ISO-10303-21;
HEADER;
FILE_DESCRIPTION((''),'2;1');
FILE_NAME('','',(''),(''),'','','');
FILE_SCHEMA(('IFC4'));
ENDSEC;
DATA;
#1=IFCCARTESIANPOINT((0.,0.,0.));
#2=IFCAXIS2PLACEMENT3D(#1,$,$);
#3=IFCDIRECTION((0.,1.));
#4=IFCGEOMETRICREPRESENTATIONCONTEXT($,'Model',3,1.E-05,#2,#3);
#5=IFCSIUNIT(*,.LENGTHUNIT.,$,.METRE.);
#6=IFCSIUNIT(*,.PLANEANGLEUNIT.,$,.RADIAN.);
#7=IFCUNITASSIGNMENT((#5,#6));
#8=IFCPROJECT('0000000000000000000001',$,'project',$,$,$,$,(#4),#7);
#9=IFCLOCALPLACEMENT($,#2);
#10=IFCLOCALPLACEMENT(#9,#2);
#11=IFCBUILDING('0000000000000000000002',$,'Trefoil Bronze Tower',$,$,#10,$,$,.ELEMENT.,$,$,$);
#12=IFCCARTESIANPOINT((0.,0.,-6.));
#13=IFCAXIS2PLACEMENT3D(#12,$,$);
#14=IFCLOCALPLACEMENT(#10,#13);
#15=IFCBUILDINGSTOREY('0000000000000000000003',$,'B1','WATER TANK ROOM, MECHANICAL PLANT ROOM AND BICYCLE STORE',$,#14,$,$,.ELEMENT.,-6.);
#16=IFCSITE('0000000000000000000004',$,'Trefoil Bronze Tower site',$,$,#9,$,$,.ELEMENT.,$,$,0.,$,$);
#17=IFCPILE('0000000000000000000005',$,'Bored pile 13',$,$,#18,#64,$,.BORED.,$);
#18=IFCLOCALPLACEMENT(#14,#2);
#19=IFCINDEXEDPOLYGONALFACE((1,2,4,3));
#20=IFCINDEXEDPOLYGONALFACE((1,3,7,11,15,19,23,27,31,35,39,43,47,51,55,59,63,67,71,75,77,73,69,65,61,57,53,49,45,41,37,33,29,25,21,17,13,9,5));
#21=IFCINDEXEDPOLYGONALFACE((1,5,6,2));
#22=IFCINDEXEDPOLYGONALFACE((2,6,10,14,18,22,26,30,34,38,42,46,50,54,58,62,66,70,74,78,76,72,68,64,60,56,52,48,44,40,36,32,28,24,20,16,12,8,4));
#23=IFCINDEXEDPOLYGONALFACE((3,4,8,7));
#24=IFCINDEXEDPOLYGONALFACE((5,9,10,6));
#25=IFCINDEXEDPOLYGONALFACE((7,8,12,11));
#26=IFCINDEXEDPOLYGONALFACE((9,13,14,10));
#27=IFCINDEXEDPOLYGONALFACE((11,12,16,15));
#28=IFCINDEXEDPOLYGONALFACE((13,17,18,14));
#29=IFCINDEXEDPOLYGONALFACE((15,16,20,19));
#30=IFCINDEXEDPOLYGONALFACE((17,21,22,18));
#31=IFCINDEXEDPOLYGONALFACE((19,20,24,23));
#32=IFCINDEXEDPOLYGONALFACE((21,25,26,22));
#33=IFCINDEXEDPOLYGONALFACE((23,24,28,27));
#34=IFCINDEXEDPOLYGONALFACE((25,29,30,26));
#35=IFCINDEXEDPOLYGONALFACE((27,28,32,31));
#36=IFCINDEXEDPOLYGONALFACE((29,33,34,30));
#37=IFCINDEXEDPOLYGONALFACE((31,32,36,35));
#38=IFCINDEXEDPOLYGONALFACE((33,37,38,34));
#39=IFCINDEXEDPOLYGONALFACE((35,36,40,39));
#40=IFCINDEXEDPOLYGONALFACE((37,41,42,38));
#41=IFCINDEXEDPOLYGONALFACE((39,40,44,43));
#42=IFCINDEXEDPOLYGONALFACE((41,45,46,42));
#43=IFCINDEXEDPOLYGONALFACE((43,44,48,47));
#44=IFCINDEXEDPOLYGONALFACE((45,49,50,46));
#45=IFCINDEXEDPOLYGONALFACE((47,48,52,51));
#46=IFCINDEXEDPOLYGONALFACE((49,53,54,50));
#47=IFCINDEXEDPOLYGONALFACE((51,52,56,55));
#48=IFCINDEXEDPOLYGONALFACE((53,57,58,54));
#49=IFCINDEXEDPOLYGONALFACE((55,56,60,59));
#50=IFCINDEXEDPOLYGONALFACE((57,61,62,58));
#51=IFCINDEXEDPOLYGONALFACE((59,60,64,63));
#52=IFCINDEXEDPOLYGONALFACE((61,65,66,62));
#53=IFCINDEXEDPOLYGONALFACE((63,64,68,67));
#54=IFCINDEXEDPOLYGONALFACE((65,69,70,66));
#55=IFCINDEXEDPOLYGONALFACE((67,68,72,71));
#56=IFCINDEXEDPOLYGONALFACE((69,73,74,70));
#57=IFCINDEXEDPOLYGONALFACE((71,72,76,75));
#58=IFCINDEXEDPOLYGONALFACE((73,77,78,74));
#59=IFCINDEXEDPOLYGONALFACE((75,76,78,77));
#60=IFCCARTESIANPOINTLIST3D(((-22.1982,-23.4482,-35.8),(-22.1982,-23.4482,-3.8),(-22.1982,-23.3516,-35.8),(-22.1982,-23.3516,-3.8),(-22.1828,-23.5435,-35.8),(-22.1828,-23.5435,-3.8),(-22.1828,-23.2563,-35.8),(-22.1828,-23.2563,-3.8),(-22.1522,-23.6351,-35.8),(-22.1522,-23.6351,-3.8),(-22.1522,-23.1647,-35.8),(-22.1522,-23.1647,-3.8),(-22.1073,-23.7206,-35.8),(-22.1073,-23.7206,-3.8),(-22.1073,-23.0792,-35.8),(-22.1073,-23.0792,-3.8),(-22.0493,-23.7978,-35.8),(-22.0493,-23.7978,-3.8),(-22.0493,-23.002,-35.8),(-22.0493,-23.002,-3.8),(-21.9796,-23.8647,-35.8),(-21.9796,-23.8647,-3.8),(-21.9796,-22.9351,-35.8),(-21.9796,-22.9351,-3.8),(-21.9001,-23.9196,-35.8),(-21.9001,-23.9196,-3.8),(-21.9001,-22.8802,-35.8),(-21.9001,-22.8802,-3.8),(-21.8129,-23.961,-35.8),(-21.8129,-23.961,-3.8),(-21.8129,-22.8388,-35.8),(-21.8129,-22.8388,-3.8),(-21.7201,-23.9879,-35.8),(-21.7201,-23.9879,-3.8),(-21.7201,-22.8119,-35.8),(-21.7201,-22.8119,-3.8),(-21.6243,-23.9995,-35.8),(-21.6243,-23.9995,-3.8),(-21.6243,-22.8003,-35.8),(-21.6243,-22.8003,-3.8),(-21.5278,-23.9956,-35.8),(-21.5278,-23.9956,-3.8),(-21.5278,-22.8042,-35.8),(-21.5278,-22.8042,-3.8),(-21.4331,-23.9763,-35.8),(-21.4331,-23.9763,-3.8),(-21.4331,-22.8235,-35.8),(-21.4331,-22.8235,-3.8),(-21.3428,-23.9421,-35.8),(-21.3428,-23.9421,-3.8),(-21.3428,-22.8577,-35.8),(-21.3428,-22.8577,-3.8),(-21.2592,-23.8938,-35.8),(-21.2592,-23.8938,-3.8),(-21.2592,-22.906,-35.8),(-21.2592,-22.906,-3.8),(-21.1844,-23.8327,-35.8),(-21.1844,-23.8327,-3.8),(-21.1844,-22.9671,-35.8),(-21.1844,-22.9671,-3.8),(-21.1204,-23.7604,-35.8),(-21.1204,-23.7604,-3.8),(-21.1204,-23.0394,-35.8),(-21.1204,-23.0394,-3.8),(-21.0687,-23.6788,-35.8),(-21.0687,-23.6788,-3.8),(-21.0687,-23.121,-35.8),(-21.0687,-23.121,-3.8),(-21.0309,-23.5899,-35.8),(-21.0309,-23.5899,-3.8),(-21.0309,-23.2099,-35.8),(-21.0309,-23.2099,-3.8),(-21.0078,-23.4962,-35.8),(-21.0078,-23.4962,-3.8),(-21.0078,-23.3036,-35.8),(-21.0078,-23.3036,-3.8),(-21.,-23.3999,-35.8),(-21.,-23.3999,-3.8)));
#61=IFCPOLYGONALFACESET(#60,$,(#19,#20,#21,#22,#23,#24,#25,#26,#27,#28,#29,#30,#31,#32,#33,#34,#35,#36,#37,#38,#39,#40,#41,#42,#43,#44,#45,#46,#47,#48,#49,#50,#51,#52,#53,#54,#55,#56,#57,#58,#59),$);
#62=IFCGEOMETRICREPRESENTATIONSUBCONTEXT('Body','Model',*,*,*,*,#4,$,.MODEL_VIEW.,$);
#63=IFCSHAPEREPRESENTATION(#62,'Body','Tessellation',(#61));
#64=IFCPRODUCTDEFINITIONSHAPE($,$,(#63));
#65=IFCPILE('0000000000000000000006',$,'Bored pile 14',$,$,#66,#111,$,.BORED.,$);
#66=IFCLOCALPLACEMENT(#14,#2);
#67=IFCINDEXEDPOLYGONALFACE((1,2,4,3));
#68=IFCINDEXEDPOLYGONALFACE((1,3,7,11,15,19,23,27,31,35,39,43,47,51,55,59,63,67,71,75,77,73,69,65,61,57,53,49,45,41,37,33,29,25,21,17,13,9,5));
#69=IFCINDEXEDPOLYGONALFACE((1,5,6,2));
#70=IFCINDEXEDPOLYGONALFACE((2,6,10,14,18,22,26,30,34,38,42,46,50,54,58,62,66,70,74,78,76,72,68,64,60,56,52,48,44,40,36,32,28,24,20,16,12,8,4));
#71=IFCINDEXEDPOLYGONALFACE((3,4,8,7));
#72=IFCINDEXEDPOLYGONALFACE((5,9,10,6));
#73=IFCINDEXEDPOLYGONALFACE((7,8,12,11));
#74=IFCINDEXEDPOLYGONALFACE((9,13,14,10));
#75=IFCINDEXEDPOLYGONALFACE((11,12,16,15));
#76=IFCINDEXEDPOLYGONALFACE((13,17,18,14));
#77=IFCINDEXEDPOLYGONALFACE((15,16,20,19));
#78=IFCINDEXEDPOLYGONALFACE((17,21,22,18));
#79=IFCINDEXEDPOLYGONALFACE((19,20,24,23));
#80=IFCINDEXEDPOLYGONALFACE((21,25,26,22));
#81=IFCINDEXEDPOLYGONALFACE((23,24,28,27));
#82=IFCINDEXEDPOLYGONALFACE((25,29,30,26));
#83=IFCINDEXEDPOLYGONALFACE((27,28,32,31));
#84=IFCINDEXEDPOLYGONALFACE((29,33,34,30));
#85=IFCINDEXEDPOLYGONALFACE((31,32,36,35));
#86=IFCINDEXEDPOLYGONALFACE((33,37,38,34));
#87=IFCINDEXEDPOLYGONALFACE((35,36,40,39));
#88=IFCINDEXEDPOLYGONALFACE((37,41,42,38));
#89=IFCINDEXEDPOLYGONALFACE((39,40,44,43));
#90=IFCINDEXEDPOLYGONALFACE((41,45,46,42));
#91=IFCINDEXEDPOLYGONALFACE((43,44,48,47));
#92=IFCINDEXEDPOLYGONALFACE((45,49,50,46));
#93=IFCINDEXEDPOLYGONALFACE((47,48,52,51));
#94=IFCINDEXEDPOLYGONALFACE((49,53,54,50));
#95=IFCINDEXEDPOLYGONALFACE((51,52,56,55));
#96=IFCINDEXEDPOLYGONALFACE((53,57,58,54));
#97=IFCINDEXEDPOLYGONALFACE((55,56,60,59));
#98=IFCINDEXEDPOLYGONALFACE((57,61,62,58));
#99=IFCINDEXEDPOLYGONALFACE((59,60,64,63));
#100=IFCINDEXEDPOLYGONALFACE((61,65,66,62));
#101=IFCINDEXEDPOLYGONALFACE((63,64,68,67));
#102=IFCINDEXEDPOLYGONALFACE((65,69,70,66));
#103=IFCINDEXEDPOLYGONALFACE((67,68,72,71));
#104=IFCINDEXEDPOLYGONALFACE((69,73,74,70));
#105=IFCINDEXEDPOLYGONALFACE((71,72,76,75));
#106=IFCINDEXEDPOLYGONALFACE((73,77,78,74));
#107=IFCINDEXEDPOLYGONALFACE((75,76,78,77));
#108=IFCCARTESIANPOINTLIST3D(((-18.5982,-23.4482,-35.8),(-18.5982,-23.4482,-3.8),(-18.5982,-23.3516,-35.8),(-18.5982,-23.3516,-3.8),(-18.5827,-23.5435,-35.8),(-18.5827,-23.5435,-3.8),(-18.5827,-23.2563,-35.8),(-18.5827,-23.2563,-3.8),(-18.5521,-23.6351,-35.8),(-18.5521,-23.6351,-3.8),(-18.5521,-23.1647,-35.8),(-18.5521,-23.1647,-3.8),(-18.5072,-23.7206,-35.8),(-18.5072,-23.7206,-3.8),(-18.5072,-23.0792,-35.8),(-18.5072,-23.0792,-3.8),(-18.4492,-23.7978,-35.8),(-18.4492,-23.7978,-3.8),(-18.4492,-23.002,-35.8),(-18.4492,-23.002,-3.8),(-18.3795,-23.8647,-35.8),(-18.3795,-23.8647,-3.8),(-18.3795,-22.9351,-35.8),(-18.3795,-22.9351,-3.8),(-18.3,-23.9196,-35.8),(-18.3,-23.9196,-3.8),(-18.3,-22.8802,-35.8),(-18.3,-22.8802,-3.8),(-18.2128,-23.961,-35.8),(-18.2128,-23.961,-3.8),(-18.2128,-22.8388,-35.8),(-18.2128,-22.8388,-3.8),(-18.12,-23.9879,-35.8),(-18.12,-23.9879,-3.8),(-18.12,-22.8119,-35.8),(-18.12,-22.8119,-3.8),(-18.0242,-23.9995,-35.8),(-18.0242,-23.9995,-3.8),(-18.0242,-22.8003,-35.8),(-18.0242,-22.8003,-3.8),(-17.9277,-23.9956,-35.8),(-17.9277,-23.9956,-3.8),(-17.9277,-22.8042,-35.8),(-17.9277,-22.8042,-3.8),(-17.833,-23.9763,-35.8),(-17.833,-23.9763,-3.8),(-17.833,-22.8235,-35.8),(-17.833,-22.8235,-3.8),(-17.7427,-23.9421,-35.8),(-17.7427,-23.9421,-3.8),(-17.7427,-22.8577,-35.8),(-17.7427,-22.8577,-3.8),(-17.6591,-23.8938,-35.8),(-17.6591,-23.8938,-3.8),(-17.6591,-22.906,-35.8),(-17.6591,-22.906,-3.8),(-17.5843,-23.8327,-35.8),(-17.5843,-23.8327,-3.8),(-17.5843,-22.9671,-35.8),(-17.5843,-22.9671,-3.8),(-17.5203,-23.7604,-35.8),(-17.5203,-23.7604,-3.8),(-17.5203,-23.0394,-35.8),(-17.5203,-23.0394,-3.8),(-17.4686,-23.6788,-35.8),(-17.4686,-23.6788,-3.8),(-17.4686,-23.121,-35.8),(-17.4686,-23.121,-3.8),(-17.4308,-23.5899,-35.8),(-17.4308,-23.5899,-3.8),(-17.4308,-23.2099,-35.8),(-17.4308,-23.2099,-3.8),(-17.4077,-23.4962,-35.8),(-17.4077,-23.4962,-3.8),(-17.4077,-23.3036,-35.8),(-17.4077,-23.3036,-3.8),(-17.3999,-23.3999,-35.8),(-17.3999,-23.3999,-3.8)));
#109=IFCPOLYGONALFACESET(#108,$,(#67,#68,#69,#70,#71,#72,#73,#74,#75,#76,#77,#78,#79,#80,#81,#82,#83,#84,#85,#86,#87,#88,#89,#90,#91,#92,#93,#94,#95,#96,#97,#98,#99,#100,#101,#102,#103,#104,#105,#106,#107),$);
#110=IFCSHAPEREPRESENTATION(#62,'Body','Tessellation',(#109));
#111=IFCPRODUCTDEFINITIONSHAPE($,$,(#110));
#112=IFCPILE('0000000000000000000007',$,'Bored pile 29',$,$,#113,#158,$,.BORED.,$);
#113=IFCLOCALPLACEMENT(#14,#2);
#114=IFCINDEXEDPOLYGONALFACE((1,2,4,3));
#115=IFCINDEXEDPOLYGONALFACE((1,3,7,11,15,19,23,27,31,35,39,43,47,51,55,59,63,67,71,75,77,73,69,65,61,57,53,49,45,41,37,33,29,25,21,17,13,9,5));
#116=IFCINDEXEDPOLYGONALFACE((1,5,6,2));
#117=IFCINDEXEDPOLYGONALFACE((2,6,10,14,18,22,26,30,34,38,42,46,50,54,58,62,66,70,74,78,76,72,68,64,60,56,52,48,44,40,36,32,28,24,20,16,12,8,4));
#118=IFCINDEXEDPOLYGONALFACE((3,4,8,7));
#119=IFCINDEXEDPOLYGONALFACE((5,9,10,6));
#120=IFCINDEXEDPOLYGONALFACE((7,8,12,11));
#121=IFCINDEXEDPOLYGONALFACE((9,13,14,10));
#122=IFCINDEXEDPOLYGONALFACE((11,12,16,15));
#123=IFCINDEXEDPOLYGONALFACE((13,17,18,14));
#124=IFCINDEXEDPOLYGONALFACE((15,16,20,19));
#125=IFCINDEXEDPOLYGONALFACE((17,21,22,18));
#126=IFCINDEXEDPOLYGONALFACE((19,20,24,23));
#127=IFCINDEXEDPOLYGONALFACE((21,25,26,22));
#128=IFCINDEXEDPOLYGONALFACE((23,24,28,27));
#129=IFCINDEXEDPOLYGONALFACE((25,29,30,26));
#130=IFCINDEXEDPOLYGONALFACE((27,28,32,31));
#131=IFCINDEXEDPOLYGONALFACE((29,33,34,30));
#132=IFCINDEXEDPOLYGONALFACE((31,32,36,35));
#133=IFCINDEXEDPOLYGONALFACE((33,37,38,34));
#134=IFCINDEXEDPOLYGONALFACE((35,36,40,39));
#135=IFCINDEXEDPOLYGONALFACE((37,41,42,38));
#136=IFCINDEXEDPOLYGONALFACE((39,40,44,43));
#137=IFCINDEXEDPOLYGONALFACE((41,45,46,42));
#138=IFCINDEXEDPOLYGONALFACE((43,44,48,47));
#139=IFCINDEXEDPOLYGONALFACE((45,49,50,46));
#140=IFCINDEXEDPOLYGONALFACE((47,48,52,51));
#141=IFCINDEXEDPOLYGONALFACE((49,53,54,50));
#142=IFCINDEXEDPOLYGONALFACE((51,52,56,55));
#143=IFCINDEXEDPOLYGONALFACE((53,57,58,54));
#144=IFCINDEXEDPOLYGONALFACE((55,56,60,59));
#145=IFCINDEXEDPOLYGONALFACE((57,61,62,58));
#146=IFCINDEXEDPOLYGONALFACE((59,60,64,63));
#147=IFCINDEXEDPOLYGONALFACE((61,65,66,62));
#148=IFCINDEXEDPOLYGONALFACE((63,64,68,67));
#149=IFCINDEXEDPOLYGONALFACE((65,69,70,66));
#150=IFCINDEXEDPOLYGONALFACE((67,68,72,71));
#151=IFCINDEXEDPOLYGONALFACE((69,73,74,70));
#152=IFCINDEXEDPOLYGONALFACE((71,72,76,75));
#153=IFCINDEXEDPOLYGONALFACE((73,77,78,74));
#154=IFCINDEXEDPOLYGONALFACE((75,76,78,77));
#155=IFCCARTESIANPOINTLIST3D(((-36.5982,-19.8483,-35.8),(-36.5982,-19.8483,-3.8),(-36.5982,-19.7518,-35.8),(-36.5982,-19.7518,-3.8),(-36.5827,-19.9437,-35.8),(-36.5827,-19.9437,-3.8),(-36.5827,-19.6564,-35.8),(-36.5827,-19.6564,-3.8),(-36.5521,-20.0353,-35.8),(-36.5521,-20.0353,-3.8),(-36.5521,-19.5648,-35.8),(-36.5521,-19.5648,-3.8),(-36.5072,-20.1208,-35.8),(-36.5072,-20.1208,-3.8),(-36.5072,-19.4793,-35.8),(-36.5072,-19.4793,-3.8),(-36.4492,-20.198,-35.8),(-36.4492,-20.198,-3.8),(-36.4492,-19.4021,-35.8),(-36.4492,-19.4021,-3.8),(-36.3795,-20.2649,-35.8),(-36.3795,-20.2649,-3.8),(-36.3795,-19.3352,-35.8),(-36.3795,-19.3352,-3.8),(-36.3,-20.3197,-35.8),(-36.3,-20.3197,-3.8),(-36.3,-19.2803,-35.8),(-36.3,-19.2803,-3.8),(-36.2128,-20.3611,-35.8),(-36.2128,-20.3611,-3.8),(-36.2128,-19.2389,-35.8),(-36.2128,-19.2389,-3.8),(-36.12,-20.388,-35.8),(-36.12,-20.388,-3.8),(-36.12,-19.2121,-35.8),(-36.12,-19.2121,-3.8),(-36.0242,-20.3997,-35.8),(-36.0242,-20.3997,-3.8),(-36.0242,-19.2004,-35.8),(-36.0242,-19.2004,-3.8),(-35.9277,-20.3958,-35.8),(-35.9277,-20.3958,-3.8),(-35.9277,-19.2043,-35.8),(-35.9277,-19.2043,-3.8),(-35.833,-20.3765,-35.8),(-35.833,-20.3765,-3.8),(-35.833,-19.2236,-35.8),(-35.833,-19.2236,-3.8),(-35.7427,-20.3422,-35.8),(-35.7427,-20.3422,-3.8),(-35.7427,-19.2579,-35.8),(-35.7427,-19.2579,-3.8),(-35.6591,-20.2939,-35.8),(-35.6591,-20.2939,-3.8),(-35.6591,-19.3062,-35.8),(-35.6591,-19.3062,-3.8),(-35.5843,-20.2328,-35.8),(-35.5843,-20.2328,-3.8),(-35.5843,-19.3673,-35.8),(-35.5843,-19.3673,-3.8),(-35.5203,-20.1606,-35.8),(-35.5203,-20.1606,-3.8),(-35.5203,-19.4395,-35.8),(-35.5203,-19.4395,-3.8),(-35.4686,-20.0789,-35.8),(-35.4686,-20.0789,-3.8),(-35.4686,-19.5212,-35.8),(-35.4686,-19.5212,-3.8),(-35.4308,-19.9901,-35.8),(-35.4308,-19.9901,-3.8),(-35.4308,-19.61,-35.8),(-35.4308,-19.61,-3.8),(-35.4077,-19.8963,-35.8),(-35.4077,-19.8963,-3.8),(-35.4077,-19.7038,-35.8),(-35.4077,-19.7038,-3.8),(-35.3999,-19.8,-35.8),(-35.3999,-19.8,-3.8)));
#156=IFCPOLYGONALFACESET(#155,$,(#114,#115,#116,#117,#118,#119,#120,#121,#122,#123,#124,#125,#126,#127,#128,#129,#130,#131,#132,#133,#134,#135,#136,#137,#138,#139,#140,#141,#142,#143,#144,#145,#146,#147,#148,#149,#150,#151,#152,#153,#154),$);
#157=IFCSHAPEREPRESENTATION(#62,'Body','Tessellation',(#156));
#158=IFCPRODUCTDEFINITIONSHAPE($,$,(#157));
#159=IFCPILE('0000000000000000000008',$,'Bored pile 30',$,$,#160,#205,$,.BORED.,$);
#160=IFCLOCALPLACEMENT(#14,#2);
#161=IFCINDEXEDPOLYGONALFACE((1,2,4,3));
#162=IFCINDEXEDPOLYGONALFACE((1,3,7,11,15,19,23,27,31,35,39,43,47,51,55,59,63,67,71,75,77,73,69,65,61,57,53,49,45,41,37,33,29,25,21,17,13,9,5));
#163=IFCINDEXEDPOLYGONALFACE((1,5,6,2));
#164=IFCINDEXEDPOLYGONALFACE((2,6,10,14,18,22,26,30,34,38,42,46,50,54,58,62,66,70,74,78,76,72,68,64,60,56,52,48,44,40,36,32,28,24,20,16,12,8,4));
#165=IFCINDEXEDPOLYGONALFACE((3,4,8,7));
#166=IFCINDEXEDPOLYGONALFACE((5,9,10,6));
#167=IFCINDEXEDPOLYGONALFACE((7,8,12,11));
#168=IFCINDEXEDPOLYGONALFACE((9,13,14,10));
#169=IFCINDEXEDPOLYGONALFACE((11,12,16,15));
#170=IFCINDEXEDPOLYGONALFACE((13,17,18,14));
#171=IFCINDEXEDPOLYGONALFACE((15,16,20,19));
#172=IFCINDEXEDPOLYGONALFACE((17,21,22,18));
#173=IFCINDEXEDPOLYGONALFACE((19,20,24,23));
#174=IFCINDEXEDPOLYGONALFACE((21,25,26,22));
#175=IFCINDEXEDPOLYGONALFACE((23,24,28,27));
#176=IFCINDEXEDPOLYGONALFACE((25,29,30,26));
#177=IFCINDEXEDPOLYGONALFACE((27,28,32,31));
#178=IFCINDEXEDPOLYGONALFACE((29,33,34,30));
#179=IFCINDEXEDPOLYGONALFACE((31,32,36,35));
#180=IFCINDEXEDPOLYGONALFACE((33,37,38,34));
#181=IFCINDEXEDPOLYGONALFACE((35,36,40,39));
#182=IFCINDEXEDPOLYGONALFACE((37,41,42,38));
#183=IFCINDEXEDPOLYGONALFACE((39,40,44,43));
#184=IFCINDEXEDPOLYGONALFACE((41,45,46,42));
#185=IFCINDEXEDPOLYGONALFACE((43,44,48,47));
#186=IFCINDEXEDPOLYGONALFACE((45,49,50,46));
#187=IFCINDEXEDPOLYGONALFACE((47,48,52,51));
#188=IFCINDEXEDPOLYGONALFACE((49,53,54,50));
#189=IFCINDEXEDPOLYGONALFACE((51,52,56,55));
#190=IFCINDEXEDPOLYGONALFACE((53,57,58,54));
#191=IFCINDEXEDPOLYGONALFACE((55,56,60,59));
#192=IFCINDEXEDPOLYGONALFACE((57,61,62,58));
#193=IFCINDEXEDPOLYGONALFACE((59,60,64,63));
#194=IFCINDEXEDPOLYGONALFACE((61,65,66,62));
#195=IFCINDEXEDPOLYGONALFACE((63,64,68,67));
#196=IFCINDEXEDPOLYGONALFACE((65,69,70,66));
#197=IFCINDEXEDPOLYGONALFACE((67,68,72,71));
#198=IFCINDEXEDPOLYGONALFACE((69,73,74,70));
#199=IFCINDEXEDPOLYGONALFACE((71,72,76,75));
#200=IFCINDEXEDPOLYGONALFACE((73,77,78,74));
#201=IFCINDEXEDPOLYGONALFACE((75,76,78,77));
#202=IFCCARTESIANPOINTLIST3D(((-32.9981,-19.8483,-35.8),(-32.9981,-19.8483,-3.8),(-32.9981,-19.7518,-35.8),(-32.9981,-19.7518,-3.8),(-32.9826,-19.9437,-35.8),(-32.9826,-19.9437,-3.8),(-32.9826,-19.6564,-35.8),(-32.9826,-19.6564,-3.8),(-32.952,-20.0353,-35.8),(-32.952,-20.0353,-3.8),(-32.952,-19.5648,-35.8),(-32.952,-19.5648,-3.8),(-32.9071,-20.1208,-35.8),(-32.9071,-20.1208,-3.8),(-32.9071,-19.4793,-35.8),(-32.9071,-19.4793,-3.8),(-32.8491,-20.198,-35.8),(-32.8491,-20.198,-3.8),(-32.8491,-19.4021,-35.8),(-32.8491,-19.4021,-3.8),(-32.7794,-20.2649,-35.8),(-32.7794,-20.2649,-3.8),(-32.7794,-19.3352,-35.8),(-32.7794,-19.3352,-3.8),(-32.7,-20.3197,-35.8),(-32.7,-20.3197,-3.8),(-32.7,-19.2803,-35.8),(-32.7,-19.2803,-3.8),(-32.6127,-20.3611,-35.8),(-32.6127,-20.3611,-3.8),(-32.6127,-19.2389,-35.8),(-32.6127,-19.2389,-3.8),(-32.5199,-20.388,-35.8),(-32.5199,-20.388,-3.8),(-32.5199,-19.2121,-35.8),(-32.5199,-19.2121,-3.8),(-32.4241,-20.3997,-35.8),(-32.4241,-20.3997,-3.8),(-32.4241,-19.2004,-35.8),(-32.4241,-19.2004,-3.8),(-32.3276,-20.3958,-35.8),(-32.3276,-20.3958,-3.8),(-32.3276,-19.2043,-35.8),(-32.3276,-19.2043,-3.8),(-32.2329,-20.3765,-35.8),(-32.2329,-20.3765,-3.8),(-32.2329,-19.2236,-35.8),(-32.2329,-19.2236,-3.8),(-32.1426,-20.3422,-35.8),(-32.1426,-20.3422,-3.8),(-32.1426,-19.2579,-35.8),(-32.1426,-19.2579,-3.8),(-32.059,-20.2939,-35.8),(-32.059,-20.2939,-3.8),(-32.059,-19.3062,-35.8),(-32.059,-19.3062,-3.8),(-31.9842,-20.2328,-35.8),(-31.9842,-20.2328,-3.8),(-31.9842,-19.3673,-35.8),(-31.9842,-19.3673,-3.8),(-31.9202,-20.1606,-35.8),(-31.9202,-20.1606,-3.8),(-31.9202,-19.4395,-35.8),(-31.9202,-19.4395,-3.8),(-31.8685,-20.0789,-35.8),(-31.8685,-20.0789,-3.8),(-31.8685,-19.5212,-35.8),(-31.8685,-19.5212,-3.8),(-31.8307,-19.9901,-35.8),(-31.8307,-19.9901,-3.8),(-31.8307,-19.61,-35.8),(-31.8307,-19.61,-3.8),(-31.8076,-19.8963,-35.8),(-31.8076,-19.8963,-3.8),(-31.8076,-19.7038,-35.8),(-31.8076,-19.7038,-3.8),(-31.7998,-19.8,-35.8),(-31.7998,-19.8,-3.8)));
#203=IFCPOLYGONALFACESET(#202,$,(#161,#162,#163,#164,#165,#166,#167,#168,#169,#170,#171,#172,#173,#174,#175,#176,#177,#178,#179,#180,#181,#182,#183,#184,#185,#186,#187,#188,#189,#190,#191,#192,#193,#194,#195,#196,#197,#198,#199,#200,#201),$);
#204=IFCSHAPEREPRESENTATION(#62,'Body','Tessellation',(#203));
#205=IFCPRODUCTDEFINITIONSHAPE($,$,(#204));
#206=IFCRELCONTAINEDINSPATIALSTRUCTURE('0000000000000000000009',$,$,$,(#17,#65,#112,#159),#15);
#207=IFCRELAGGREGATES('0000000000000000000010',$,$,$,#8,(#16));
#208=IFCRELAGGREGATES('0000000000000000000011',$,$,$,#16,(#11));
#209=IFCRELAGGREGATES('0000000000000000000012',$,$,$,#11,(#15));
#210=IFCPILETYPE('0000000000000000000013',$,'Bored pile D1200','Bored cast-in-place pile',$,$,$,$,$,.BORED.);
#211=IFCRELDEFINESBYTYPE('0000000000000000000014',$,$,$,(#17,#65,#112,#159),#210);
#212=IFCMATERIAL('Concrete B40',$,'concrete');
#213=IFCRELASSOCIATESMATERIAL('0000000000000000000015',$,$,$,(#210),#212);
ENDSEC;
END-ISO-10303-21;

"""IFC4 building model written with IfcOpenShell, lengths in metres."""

from ifc_helpers import new_model, si_unit, direction, frame, origin, origin_2d, place, context, subcontext, project, spatial, circle, extrude, material, type_object, element, save


model = new_model("IFC4")

# Units and contexts
model_context = context("Model", 3, precision=1e-05, world=origin(), true_north=direction((0.0, 1.0)))
body_context = subcontext(model_context, "Body", "Model", "MODEL_VIEW")
ifc_project = project(units=[si_unit("LENGTHUNIT", "METRE"), si_unit("PLANEANGLEUNIT", "RADIAN")], contexts=[model_context])

# Site, building, storey
site_placement = place(None, origin())
site = spatial("IfcSite", under=ifc_project, at=site_placement, Name="Trefoil Bronze Tower site", CompositionType="ELEMENT", RefElevation=0.0)
building_placement = place(site_placement, origin())
building = spatial("IfcBuilding", under=site, at=building_placement, Name="Trefoil Bronze Tower", CompositionType="ELEMENT")
storey_placement = place(building_placement, frame((0.0, 0.0, -6.0)))
storey = spatial("IfcBuildingStorey", under=building, at=storey_placement, Name="B1", Description="WATER TANK ROOM, MECHANICAL PLANT ROOM AND BICYCLE STORE", CompositionType="ELEMENT", Elevation=-6.0)

# Piles
ifc_material_1 = material(Name="Concrete B40", Category="concrete")
pile_type = type_object("IfcPileType", Name="Bored pile D1200", Description="Bored cast-in-place pile", PredefinedType="BORED", material=ifc_material_1)
for number, where, z_axis, x_axis, name in (
    (1, (-21.6001, -23.3999, -3.8), (0.0, 0.0, -1.0), (1.0, 0.0, 0.0), "Bored pile 13"),
    (2, (-18.0, -23.3999, -3.8), (0.0, 0.0, -1.0), (1.0, 0.0, 0.0), "Bored pile 14"),
    (3, (-36.0, -19.8, -3.8), (0.0, 0.0, -1.0), (1.0, 0.0, 0.0), "Bored pile 29"),
    (4, (-32.3999, -19.8, -3.8), (0.0, 0.0, -1.0), (1.0, 0.0, 0.0), "Bored pile 30"),
):
    element("IfcPile", number, at=place(storey_placement, frame(where, z_axis=z_axis, x_axis=x_axis)), inside=storey, type_object=pile_type, Name=name, PredefinedType="BORED", context=body_context, shape_type="SweptSolid", body=[
        extrude(circle(Radius=0.6001, at=origin_2d()), origin(), (0.0, 0.0, 1.0), 32.0),
    ])

save(model, "model.ifc")
